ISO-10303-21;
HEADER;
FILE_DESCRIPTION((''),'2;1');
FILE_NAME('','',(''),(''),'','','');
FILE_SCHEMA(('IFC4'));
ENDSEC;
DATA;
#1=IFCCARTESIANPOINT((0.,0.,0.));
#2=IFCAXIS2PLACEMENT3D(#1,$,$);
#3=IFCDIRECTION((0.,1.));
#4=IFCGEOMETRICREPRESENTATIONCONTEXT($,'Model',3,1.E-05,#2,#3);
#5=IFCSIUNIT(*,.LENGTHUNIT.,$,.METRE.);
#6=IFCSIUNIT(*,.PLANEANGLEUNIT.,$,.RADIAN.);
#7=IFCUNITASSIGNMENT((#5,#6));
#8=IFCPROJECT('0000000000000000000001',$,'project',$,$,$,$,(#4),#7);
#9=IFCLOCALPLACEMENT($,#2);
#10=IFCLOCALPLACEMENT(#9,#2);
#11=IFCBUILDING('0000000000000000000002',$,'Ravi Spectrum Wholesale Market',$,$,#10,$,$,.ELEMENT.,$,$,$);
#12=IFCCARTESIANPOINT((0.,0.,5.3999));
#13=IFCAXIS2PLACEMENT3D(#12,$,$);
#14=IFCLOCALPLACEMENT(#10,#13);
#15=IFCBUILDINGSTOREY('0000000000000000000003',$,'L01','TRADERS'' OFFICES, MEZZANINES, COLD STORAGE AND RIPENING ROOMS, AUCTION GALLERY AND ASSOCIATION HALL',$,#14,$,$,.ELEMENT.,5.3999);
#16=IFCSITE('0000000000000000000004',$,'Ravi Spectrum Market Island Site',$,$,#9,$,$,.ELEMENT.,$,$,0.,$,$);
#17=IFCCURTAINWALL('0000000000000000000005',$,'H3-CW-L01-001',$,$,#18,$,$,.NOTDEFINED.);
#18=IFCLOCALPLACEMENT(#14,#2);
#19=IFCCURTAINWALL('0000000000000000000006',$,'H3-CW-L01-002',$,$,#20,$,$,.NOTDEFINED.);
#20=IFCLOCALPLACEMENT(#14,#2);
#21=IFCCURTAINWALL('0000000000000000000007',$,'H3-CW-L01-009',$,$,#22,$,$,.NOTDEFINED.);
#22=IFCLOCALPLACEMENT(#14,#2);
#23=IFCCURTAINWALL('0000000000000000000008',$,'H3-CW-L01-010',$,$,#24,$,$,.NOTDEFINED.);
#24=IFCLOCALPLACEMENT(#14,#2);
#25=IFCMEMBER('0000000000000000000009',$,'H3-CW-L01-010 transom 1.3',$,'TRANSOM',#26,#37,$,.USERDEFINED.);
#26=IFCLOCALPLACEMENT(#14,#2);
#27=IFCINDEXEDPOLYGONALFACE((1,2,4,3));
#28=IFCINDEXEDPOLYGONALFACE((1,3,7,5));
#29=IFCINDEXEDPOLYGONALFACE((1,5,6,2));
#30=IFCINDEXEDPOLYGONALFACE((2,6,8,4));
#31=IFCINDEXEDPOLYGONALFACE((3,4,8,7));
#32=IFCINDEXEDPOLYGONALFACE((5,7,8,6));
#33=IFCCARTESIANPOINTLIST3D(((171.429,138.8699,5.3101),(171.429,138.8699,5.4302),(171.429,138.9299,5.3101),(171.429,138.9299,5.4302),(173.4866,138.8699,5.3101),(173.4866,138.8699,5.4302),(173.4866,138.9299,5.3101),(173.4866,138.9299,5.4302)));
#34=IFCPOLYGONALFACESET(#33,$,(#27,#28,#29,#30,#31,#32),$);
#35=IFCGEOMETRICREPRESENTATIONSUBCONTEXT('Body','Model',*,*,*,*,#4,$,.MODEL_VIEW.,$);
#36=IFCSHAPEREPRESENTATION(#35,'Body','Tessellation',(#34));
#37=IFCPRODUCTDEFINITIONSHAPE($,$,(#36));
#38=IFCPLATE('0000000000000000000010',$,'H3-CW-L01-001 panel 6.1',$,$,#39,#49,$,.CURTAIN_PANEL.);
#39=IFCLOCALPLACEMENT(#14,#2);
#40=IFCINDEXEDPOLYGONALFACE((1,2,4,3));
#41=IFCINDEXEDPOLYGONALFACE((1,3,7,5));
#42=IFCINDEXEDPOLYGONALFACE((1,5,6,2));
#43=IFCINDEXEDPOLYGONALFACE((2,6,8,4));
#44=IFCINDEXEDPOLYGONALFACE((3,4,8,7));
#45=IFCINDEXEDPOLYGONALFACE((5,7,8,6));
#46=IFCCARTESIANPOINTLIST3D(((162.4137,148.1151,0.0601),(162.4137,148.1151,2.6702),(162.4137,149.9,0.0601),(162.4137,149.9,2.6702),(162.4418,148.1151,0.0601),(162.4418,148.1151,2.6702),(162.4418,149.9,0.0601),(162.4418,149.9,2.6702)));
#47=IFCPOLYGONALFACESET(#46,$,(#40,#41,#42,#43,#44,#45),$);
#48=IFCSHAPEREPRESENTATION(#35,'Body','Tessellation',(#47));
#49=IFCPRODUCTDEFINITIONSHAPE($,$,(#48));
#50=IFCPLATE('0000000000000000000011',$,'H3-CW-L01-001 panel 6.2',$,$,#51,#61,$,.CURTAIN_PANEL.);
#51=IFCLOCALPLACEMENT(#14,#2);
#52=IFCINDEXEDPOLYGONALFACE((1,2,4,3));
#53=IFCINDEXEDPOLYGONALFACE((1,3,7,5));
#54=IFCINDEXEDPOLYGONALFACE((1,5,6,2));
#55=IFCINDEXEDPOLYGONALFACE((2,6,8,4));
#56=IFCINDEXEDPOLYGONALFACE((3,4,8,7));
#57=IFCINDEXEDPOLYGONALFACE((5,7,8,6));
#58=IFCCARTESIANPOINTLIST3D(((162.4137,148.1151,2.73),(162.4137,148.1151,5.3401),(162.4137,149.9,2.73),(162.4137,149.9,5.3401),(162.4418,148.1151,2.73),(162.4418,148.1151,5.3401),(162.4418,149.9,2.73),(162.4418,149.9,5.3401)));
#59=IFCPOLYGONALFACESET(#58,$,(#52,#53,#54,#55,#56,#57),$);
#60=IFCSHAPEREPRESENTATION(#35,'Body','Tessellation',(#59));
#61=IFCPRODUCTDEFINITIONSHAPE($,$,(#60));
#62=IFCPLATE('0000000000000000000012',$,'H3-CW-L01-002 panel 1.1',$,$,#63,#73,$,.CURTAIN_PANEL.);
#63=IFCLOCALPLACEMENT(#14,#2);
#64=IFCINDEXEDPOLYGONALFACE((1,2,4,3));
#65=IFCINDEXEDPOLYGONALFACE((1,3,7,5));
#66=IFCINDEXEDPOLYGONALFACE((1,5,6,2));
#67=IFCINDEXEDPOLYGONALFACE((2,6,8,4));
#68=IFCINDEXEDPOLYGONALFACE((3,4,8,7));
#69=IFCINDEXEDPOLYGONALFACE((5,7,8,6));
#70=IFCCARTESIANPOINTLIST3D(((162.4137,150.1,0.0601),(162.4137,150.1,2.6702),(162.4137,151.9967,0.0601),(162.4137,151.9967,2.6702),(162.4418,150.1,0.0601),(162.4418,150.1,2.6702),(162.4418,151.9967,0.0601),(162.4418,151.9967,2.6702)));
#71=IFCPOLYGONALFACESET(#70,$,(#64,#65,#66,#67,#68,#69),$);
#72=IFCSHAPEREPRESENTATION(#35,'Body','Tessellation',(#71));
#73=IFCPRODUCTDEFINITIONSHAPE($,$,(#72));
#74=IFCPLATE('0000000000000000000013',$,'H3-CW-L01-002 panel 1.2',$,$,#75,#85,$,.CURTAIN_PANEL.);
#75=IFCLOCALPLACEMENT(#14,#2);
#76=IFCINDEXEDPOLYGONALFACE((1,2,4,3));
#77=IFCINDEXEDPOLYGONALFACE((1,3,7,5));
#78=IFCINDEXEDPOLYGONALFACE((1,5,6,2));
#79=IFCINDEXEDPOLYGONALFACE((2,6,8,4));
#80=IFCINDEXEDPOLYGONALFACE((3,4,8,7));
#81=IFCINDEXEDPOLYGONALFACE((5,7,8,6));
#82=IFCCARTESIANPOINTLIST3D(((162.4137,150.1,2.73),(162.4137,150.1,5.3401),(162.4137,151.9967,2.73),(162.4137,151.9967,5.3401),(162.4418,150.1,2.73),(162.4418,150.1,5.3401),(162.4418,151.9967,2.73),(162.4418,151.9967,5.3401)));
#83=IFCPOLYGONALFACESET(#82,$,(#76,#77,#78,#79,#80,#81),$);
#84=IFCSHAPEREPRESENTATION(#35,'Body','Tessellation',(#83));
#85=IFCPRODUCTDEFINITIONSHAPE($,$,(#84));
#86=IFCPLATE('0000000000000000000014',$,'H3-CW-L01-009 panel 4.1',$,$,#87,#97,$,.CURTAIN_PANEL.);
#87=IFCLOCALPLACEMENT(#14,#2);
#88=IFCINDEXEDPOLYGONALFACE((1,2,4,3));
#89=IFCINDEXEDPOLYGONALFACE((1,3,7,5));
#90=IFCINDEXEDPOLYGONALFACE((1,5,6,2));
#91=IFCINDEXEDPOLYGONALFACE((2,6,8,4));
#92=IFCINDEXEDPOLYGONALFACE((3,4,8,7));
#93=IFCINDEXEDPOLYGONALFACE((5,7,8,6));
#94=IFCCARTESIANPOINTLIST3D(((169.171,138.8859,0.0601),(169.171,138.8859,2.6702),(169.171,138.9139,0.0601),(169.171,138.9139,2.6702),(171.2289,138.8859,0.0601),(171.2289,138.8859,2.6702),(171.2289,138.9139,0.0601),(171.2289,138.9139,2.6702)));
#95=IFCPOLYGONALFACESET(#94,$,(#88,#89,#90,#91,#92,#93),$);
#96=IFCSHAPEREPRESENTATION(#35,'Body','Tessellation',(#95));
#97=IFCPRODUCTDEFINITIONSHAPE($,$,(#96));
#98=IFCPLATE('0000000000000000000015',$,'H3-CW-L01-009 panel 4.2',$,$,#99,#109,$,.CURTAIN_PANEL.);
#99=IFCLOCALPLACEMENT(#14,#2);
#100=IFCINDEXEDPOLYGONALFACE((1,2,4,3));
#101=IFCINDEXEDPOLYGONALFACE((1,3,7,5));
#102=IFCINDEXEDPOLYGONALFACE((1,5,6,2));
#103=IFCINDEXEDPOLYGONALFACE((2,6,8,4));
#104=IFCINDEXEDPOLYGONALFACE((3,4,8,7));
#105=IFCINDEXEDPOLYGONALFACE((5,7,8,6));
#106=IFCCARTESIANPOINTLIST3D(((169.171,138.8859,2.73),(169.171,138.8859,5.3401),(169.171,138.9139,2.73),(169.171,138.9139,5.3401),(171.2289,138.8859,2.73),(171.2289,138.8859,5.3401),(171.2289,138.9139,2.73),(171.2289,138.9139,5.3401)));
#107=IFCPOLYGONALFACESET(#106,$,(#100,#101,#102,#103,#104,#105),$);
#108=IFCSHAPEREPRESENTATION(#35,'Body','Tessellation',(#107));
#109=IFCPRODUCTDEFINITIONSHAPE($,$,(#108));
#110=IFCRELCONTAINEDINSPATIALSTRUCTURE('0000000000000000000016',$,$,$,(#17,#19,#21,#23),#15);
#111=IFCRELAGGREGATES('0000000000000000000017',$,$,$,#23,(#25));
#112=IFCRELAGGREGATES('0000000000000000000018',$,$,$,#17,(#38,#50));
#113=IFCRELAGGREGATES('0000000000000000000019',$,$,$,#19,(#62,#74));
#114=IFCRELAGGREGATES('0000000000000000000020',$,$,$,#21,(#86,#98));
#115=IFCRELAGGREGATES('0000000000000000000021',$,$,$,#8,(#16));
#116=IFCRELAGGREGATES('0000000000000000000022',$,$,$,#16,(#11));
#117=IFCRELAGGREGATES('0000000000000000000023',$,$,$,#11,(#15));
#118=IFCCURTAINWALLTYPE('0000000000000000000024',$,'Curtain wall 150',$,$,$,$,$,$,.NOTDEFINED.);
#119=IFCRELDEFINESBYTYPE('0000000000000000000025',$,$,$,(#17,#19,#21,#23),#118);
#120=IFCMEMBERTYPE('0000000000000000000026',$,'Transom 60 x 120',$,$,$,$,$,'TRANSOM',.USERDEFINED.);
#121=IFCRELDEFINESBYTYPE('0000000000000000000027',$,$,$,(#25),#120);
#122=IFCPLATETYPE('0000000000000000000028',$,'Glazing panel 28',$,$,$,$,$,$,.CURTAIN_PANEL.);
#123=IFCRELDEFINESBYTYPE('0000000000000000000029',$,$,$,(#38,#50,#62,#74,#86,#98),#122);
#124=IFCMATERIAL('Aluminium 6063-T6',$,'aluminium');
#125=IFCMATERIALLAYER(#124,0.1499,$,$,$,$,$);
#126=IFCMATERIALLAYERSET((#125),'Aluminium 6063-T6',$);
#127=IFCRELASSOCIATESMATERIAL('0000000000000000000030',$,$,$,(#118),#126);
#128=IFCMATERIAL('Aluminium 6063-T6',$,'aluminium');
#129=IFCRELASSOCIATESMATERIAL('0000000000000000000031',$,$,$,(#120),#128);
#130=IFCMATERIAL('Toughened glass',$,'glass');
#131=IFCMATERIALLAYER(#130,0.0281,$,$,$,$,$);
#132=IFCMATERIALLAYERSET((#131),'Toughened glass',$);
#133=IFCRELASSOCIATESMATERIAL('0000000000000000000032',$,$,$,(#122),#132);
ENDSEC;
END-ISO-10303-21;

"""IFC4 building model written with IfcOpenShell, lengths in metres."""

from ifc_helpers import new_model, si_unit, direction, frame, origin, origin_2d, place, context, subcontext, project, spatial, rectangle, extrude, material, layer, layer_set, material_profile, profile_set, type_object, element, aggregate, save


model = new_model("IFC4")

# Units and contexts
model_context = context("Model", 3, precision=1e-05, world=origin(), true_north=direction((0.0, 1.0)))
body_context = subcontext(model_context, "Body", "Model", "MODEL_VIEW")
ifc_project = project(units=[si_unit("LENGTHUNIT", "METRE"), si_unit("PLANEANGLEUNIT", "RADIAN")], contexts=[model_context])

# Site, building, storey
site_placement = place(None, origin())
site = spatial("IfcSite", under=ifc_project, at=site_placement, Name="Ravi Spectrum Market Island Site", CompositionType="ELEMENT", RefElevation=0.0)
building_placement = place(site_placement, origin())
building = spatial("IfcBuilding", under=site, at=building_placement, Name="Ravi Spectrum Wholesale Market", CompositionType="ELEMENT")
storey_placement = place(building_placement, frame((0.0, 0.0, 5.3999)))
storey = spatial("IfcBuildingStorey", under=building, at=storey_placement, Name="L01", Description="TRADERS' OFFICES, MEZZANINES, COLD STORAGE AND RIPENING ROOMS, AUCTION GALLERY AND ASSOCIATION HALL", CompositionType="ELEMENT", Elevation=5.3999)

# Curtain wall
ifc_material_1 = material(Name="Aluminium 6063-T6", Category="aluminium")
ifc_layer_1 = layer(ifc_material_1, 0.1499)
ifc_layer_set_1 = layer_set([ifc_layer_1], Name="Aluminium 6063-T6")
curtain_wall_type = type_object("IfcCurtainWallType", Name="Curtain wall 150", PredefinedType="NOTDEFINED", material=ifc_layer_set_1)
curtain_wall_1_placement = place(storey_placement, origin())
curtain_wall_1 = element("IfcCurtainWall", 1, at=curtain_wall_1_placement, inside=storey, type_object=curtain_wall_type, Name="H3-CW-L01-001", PredefinedType="NOTDEFINED")

# Curtain wall
curtain_wall_2_placement = place(storey_placement, origin())
curtain_wall_2 = element("IfcCurtainWall", 2, at=curtain_wall_2_placement, inside=storey, type_object=curtain_wall_type, Name="H3-CW-L01-002", PredefinedType="NOTDEFINED")

# Curtain walls
curtain_wall_3_placement = place(storey_placement, origin())
curtain_wall_3 = element("IfcCurtainWall", 3, at=curtain_wall_3_placement, inside=storey, type_object=curtain_wall_type, Name="H3-CW-L01-009", PredefinedType="NOTDEFINED")
curtain_wall_4_placement = place(storey_placement, origin())
curtain_wall_4 = element("IfcCurtainWall", 4, at=curtain_wall_4_placement, inside=storey, type_object=curtain_wall_type, Name="H3-CW-L01-010", PredefinedType="NOTDEFINED")

# Member
ifc_material_2 = material(Name="Aluminium 6063-T6", Category="aluminium")
ifc_material_profile_1 = material_profile(ifc_material_2, rectangle(XDim=0.0601, YDim=0.1201, at=origin_2d()))
ifc_profile_set_1 = profile_set([ifc_material_profile_1], Name="Aluminium 6063-T6")
member_type_1 = type_object("IfcMemberType", Name="Transom 60 x 120", ElementType="TRANSOM", PredefinedType="USERDEFINED", material=ifc_profile_set_1)
member_1_placement = place(storey_placement, frame((171.429, 138.8999, 5.3701), z_axis=(1.0, 0.0, 0.0), x_axis=(0.0, 1.0, 0.0)))
member_1 = element("IfcMember", 5, at=member_1_placement, type_object=member_type_1, Name="H3-CW-L01-010 transom 1.3", ObjectType="TRANSOM", PredefinedType="USERDEFINED", context=body_context, shape_type="SweptSolid", body=[
    extrude(rectangle(XDim=0.0601, YDim=0.1201, at=origin_2d()), origin(), (0.0, 0.0, 1.0), 2.0576),
])
aggregate(curtain_wall_4, [member_1])

# Plates
ifc_material_3 = material(Name="Toughened glass", Category="glass")
ifc_layer_2 = layer(ifc_material_3, 0.0281)
ifc_layer_set_2 = layer_set([ifc_layer_2], Name="Toughened glass")
plate_type = type_object("IfcPlateType", Name="Glazing panel 28", PredefinedType="CURTAIN_PANEL", material=ifc_layer_set_2)
plate_1_placement = place(storey_placement, frame((162.4277, 149.0076, 0.0601), z_axis=(0.0, 0.0, 1.0), x_axis=(0.0, 1.0, 0.0)))
plate_1 = element("IfcPlate", 6, at=plate_1_placement, type_object=plate_type, Name="H3-CW-L01-001 panel 6.1", PredefinedType="CURTAIN_PANEL", context=body_context, shape_type="SweptSolid", body=[
    extrude(rectangle(XDim=1.7849, YDim=0.0281, at=origin_2d()), origin(), (0.0, 0.0, 1.0), 2.6101),
])
plate_2_placement = place(storey_placement, frame((162.4277, 149.0076, 2.73), z_axis=(0.0, 0.0, 1.0), x_axis=(0.0, 1.0, 0.0)))
plate_2 = element("IfcPlate", 7, at=plate_2_placement, type_object=plate_type, Name="H3-CW-L01-001 panel 6.2", PredefinedType="CURTAIN_PANEL", context=body_context, shape_type="SweptSolid", body=[
    extrude(rectangle(XDim=1.7849, YDim=0.0281, at=origin_2d()), origin(), (0.0, 0.0, 1.0), 2.6101),
])
aggregate(curtain_wall_1, [plate_1, plate_2])
plate_3_placement = place(storey_placement, frame((162.4277, 151.0483, 0.0601), z_axis=(0.0, 0.0, 1.0), x_axis=(0.0, 1.0, 0.0)))
plate_3 = element("IfcPlate", 8, at=plate_3_placement, type_object=plate_type, Name="H3-CW-L01-002 panel 1.1", PredefinedType="CURTAIN_PANEL", context=body_context, shape_type="SweptSolid", body=[
    extrude(rectangle(XDim=1.8967, YDim=0.0281, at=origin_2d()), origin(), (0.0, 0.0, 1.0), 2.6101),
])
plate_4_placement = place(storey_placement, frame((162.4277, 151.0483, 2.73), z_axis=(0.0, 0.0, 1.0), x_axis=(0.0, 1.0, 0.0)))
plate_4 = element("IfcPlate", 9, at=plate_4_placement, type_object=plate_type, Name="H3-CW-L01-002 panel 1.2", PredefinedType="CURTAIN_PANEL", context=body_context, shape_type="SweptSolid", body=[
    extrude(rectangle(XDim=1.8967, YDim=0.0281, at=origin_2d()), origin(), (0.0, 0.0, 1.0), 2.6101),
])
aggregate(curtain_wall_2, [plate_3, plate_4])
plate_5_placement = place(storey_placement, frame((170.2, 138.8999, 0.0601), z_axis=(0.0, 0.0, 1.0), x_axis=(1.0, 0.0, 0.0)))
plate_5 = element("IfcPlate", 10, at=plate_5_placement, type_object=plate_type, Name="H3-CW-L01-009 panel 4.1", PredefinedType="CURTAIN_PANEL", context=body_context, shape_type="SweptSolid", body=[
    extrude(rectangle(XDim=2.0579, YDim=0.0281, at=origin_2d()), origin(), (0.0, 0.0, 1.0), 2.6101),
])
plate_6_placement = place(storey_placement, frame((170.2, 138.8999, 2.73), z_axis=(0.0, 0.0, 1.0), x_axis=(1.0, 0.0, 0.0)))
plate_6 = element("IfcPlate", 11, at=plate_6_placement, type_object=plate_type, Name="H3-CW-L01-009 panel 4.2", PredefinedType="CURTAIN_PANEL", context=body_context, shape_type="SweptSolid", body=[
    extrude(rectangle(XDim=2.0579, YDim=0.0281, at=origin_2d()), origin(), (0.0, 0.0, 1.0), 2.6101),
])
aggregate(curtain_wall_3, [plate_5, plate_6])

save(model, "model.ifc")
